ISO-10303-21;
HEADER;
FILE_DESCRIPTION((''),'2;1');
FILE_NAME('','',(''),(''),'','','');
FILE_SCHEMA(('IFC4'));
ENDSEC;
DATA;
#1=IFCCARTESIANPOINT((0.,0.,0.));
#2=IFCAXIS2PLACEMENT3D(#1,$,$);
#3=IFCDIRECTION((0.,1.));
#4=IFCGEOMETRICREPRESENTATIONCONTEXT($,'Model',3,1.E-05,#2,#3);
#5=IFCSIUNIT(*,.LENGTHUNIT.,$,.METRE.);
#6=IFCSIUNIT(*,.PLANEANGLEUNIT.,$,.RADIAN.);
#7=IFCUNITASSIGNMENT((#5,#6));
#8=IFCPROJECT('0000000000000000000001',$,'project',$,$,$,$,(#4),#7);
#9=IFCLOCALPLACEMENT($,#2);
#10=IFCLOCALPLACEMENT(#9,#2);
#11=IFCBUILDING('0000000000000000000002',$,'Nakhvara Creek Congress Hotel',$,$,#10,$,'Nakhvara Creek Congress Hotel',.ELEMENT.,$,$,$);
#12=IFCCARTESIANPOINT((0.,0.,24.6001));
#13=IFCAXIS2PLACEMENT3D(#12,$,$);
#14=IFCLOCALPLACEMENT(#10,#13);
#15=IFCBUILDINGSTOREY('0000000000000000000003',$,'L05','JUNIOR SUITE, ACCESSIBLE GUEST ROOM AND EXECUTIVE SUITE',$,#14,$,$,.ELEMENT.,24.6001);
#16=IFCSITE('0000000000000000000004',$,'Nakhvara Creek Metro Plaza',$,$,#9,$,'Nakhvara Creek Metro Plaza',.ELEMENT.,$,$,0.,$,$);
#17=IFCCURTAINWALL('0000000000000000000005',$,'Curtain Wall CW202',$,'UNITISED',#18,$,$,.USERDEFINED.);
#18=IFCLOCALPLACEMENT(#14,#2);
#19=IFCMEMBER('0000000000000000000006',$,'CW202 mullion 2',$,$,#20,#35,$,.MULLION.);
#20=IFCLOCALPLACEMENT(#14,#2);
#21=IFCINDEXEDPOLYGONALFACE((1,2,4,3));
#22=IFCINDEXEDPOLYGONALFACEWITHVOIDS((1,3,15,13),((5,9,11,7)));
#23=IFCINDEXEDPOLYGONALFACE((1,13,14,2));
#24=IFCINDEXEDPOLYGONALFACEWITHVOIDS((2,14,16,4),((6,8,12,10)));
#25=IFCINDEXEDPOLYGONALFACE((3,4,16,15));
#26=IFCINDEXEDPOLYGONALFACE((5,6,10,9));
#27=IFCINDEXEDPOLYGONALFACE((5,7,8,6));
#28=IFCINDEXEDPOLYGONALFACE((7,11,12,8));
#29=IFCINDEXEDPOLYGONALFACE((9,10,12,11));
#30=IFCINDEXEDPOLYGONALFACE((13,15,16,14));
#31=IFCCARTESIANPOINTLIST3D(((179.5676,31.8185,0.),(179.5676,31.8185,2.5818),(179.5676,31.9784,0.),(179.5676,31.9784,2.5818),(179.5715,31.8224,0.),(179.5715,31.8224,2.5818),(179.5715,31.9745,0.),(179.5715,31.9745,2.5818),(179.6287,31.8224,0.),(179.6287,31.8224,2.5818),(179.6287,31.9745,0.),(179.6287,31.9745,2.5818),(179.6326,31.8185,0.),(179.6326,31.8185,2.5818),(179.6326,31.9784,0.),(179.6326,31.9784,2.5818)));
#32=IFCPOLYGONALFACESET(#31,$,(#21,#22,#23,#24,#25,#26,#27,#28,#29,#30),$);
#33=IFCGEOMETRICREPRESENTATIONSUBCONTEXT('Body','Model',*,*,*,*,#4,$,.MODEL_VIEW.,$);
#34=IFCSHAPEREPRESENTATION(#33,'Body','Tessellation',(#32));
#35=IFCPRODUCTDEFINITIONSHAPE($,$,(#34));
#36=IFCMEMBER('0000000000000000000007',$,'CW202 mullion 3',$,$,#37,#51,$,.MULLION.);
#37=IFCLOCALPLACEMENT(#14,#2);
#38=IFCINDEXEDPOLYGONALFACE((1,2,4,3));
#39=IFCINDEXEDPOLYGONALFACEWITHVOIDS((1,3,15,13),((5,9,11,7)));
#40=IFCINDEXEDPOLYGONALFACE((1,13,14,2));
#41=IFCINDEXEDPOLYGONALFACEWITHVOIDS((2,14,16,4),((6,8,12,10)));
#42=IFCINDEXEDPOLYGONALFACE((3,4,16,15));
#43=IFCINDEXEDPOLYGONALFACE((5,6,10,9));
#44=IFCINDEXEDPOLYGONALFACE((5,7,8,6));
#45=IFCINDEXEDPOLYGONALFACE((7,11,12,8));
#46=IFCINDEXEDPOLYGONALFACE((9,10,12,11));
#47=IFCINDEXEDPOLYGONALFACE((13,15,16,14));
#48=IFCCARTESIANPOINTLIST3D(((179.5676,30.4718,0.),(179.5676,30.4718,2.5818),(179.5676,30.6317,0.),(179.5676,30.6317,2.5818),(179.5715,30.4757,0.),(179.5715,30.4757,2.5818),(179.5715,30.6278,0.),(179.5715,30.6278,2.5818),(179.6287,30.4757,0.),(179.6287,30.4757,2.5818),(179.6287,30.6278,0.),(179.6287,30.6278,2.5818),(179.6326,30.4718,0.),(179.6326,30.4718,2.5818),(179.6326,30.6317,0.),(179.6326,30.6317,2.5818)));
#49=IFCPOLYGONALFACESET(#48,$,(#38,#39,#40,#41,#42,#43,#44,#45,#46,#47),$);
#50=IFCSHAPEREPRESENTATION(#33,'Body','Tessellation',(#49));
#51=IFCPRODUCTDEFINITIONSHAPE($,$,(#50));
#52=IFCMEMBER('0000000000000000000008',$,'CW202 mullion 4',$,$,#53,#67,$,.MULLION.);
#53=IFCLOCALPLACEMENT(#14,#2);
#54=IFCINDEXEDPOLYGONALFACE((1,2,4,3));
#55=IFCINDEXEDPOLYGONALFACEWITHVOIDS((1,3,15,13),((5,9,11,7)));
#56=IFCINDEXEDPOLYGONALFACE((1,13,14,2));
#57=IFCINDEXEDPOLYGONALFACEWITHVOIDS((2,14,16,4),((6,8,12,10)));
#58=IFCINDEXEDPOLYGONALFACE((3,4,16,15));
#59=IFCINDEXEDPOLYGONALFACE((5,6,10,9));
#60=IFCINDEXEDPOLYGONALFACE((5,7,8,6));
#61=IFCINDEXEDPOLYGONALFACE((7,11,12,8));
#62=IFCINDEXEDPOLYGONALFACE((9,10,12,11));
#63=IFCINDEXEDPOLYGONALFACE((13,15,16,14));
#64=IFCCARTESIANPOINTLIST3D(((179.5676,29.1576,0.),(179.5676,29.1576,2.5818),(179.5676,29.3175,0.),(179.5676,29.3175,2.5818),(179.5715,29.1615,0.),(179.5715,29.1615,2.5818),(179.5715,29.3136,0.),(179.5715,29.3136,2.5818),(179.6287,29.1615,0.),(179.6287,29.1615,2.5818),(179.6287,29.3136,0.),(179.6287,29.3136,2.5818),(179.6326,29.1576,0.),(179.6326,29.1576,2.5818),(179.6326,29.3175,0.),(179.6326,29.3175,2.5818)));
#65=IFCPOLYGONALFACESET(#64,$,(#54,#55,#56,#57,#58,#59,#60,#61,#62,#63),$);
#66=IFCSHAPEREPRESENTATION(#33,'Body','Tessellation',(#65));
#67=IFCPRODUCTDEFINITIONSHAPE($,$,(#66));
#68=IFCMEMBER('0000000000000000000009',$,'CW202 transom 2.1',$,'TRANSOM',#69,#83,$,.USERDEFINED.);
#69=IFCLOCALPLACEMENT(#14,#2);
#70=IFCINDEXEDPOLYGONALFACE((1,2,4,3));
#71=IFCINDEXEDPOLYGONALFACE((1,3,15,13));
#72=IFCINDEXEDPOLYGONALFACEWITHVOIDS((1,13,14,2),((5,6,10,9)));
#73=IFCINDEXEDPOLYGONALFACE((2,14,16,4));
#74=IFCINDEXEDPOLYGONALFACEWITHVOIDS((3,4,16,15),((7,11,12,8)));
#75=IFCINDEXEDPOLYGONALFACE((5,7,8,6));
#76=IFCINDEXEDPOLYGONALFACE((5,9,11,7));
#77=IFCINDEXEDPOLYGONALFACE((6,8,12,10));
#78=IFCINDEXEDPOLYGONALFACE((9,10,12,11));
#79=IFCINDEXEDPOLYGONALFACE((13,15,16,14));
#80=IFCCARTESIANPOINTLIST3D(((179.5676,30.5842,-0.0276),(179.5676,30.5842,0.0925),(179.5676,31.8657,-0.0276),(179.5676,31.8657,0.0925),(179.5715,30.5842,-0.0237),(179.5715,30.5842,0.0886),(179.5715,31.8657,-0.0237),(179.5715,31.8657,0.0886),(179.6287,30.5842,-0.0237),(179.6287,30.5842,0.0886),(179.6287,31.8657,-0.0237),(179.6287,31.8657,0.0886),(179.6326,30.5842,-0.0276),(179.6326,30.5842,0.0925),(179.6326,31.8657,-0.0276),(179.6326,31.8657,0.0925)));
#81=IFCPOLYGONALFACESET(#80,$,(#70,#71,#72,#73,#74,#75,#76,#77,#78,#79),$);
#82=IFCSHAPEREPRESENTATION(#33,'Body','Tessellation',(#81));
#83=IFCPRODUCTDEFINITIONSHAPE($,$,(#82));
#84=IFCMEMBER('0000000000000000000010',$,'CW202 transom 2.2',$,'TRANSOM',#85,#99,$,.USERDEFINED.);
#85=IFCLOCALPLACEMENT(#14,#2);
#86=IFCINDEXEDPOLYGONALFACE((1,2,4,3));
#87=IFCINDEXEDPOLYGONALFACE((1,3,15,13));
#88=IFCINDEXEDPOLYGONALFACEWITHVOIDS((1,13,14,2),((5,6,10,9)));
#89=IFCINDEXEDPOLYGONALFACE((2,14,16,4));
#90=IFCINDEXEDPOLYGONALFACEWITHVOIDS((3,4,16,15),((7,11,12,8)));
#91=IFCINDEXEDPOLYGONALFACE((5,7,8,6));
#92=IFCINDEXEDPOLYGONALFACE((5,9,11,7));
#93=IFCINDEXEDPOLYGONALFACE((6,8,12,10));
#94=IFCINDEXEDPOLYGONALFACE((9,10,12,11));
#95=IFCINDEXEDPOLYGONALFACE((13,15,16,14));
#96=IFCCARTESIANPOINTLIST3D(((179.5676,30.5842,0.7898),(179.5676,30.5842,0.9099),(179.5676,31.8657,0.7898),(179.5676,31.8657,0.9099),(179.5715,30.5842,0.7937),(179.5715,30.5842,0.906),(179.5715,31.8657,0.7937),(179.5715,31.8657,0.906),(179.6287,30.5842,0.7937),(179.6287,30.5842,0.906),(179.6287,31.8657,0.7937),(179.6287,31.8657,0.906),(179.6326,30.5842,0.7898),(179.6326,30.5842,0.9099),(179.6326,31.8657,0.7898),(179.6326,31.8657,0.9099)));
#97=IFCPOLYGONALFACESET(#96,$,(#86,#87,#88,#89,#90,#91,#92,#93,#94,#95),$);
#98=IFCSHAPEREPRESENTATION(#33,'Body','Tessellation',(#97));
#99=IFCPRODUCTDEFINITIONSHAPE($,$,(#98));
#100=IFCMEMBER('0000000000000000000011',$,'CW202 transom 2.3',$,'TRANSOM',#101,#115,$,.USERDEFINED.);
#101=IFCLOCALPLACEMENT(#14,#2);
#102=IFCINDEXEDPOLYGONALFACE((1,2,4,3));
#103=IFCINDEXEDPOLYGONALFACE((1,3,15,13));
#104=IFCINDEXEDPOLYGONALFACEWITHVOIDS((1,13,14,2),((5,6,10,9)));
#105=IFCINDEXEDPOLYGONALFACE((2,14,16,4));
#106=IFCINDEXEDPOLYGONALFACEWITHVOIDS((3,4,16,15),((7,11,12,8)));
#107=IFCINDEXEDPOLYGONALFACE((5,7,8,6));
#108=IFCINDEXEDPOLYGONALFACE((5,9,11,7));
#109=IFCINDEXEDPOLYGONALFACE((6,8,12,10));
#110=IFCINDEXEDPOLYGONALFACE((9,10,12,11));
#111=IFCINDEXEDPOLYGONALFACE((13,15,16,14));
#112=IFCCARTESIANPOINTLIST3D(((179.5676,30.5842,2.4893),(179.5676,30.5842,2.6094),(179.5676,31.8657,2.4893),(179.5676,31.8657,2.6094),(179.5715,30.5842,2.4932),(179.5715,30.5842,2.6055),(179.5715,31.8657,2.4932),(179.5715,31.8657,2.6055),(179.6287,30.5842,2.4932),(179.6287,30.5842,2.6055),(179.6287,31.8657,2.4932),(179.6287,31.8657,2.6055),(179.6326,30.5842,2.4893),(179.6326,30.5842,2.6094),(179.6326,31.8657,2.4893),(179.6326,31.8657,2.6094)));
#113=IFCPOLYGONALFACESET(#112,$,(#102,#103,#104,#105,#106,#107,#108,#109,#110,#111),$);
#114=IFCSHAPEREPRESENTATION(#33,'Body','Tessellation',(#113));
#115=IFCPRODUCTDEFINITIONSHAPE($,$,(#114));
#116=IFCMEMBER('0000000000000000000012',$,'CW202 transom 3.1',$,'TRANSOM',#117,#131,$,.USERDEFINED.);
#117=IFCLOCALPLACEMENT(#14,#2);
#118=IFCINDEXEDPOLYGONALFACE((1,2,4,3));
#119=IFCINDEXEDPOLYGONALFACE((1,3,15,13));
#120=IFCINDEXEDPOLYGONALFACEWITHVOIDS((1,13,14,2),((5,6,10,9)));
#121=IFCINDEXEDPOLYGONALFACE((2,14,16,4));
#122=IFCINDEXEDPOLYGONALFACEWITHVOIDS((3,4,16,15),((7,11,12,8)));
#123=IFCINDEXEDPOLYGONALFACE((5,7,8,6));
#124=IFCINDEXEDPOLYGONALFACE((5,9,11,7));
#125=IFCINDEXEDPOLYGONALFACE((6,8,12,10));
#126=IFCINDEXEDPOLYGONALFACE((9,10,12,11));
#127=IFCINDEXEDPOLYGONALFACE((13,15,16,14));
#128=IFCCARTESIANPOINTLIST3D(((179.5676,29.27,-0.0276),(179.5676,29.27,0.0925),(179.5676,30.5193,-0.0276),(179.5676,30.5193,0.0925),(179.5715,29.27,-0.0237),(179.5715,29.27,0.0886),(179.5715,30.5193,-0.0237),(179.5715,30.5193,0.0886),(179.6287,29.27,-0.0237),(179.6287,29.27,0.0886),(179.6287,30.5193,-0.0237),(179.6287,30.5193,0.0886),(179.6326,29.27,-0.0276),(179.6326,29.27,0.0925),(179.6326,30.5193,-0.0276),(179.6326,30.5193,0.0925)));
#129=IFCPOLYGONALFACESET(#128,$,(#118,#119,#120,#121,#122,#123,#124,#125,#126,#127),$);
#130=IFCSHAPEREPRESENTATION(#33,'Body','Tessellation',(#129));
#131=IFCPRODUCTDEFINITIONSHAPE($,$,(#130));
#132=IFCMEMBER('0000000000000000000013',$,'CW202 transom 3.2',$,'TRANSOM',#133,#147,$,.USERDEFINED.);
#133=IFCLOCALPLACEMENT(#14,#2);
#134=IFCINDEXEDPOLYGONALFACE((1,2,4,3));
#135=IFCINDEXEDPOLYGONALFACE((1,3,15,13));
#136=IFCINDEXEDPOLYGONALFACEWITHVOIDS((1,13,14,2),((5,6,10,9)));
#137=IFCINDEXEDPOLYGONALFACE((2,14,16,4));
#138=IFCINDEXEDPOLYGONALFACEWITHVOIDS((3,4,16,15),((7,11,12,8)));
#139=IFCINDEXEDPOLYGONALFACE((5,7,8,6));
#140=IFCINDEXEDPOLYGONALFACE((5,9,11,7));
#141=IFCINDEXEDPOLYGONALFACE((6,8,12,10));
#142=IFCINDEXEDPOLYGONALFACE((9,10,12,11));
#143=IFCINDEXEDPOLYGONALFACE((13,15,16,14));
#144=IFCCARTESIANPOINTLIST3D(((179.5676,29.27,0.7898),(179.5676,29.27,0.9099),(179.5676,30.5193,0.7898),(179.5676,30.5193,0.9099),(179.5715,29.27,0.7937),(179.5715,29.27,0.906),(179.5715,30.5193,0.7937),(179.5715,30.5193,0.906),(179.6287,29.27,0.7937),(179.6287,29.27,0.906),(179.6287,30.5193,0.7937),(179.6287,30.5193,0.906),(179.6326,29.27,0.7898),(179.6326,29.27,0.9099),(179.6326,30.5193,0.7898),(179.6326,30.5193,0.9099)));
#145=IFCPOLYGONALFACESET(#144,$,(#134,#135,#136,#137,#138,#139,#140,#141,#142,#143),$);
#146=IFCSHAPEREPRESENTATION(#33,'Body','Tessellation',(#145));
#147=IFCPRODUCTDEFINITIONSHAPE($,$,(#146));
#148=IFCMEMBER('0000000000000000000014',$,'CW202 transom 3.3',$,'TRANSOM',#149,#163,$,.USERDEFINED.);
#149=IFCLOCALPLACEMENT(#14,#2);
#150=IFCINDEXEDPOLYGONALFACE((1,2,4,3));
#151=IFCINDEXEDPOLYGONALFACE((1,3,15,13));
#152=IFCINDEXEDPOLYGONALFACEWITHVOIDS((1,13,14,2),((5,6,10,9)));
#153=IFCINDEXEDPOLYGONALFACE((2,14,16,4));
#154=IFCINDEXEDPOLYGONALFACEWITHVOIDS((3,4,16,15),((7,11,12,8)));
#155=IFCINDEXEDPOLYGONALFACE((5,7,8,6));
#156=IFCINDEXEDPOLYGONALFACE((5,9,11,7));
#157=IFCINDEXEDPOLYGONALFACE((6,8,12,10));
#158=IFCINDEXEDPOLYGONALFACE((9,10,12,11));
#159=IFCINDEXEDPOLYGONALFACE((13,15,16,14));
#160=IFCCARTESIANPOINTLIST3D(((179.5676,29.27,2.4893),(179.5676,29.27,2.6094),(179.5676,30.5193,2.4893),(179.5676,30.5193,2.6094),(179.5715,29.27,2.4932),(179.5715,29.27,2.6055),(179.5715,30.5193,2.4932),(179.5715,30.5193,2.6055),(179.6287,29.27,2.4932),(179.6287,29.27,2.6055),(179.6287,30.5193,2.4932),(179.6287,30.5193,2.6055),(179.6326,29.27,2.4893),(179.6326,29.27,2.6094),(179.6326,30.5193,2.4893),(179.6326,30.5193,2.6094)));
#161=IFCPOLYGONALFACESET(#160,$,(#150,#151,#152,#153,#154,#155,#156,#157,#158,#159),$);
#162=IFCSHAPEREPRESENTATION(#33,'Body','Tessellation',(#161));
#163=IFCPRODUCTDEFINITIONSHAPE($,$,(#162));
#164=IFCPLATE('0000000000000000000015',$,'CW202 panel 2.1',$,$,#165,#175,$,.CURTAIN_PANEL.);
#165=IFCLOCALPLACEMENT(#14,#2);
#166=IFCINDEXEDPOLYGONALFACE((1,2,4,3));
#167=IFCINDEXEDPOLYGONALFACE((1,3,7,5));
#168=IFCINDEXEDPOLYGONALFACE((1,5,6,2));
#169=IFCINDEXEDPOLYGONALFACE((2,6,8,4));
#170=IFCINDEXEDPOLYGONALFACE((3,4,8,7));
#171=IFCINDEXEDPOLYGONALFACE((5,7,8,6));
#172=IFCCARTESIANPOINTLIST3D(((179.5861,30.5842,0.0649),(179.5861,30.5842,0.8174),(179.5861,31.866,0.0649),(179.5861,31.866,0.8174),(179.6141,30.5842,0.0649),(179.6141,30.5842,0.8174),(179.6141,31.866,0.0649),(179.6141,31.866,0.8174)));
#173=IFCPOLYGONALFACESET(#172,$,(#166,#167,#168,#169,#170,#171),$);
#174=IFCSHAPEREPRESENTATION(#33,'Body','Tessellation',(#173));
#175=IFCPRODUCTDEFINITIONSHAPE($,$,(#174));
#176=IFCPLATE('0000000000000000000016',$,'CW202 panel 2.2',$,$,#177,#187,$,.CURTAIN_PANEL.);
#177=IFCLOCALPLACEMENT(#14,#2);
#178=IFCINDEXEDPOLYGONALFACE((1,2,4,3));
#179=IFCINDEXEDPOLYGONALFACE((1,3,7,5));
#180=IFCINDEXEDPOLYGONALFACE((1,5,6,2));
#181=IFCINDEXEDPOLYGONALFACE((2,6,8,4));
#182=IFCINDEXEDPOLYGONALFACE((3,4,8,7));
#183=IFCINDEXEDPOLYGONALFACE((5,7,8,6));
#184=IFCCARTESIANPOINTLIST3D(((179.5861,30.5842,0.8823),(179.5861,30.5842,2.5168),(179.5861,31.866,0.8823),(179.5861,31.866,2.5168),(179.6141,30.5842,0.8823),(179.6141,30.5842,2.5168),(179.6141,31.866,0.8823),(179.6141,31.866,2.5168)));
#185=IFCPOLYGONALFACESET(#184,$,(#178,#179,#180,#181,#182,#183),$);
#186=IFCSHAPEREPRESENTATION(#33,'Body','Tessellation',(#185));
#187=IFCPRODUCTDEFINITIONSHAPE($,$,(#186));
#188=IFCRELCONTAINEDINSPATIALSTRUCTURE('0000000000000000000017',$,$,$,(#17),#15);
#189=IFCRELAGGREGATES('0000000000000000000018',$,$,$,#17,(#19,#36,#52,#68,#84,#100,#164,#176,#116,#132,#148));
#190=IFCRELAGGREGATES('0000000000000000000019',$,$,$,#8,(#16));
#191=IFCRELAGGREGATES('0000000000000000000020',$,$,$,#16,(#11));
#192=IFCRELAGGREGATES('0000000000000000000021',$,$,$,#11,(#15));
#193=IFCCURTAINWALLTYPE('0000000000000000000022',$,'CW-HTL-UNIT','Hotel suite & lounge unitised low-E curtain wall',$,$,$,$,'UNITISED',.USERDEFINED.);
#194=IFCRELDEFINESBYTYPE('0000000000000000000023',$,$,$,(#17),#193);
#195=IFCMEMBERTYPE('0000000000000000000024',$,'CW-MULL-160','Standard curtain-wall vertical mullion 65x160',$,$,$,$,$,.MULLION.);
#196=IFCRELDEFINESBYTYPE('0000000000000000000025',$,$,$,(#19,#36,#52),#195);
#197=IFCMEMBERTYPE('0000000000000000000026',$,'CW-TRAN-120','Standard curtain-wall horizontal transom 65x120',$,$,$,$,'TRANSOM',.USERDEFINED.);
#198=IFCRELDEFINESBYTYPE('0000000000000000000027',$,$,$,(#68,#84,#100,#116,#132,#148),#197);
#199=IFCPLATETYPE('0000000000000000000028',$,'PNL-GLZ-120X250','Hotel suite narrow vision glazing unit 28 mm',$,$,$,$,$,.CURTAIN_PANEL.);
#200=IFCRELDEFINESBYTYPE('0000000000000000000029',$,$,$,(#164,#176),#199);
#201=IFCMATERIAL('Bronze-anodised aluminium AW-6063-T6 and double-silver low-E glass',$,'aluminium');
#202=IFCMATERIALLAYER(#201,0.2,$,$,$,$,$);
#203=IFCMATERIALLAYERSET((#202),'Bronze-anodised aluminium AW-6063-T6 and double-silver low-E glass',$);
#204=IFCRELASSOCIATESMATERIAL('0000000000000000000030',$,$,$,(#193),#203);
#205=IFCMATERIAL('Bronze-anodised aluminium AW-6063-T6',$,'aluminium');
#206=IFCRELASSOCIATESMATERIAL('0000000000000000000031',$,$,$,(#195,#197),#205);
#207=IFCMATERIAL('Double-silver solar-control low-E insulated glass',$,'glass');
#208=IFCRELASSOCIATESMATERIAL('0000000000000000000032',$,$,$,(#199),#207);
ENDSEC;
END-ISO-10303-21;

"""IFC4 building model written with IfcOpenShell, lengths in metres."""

from ifc_helpers import new_model, si_unit, direction, frame, origin, origin_2d, place, context, subcontext, project, spatial, rectangle, hollow_rectangle, extrude, material, layer, layer_set, material_profile, profile_set, type_object, element, aggregate, save


model = new_model("IFC4")

# Units and contexts
model_context = context("Model", 3, precision=1e-05, world=origin(), true_north=direction((0.0, 1.0)))
body_context = subcontext(model_context, "Body", "Model", "MODEL_VIEW")
ifc_project = project(units=[si_unit("LENGTHUNIT", "METRE"), si_unit("PLANEANGLEUNIT", "RADIAN")], contexts=[model_context])

# Site, building, storey
site_placement = place(None, origin())
site = spatial("IfcSite", under=ifc_project, at=site_placement, Name="Nakhvara Creek Metro Plaza", LongName="Nakhvara Creek Metro Plaza", CompositionType="ELEMENT", RefElevation=0.0)
building_placement = place(site_placement, origin())
building = spatial("IfcBuilding", under=site, at=building_placement, Name="Nakhvara Creek Congress Hotel", LongName="Nakhvara Creek Congress Hotel", CompositionType="ELEMENT")
storey_placement = place(building_placement, frame((0.0, 0.0, 24.6001)))
storey = spatial("IfcBuildingStorey", under=building, at=storey_placement, Name="L05", Description="JUNIOR SUITE, ACCESSIBLE GUEST ROOM AND EXECUTIVE SUITE", CompositionType="ELEMENT", Elevation=24.6001)

# Curtain wall, members, plates
ifc_material_1 = material(Name="Bronze-anodised aluminium AW-6063-T6 and double-silver low-E glass", Category="aluminium")
ifc_layer_1 = layer(ifc_material_1, 0.2)
ifc_layer_set_1 = layer_set([ifc_layer_1], Name="Bronze-anodised aluminium AW-6063-T6 and double-silver low-E glass")
curtain_wall_type = type_object("IfcCurtainWallType", Name="CW-HTL-UNIT", Description="Hotel suite & lounge unitised low-E curtain wall", ElementType="UNITISED", PredefinedType="USERDEFINED", material=ifc_layer_set_1)
curtain_wall_placement = place(storey_placement, origin())
curtain_wall = element("IfcCurtainWall", 1, at=curtain_wall_placement, inside=storey, type_object=curtain_wall_type, Name="Curtain Wall CW202", ObjectType="UNITISED", PredefinedType="USERDEFINED")
ifc_material_2 = material(Name="Bronze-anodised aluminium AW-6063-T6", Category="aluminium")
ifc_material_profile_1 = material_profile(ifc_material_2, hollow_rectangle(XDim=0.0649, YDim=0.1599, WallThickness=0.0039, at=origin_2d()), Name="ALU-MULL 65x160x4", Category="LoadBearing")
ifc_profile_set_1 = profile_set([ifc_material_profile_1], Name="Bronze-anodised aluminium AW-6063-T6")
member_type_1 = type_object("IfcMemberType", Name="CW-MULL-160", Description="Standard curtain-wall vertical mullion 65x160", PredefinedType="MULLION", material=ifc_profile_set_1)
member_1_placement = place(storey_placement, frame((179.6001, 31.8984, 0.0), z_axis=(0.0, 0.0, 1.0), x_axis=(1.0, 0.0, 0.0)))
member_1 = element("IfcMember", 2, at=member_1_placement, type_object=member_type_1, Name="CW202 mullion 2", PredefinedType="MULLION", context=body_context, shape_type="SweptSolid", body=[
    extrude(hollow_rectangle(XDim=0.0649, YDim=0.1599, WallThickness=0.0039, at=origin_2d()), origin(), (0.0, 0.0, 1.0), 2.5818),
])
member_2_placement = place(storey_placement, frame((179.6001, 30.5518, 0.0), z_axis=(0.0, 0.0, 1.0), x_axis=(1.0, 0.0, 0.0)))
member_2 = element("IfcMember", 3, at=member_2_placement, type_object=member_type_1, Name="CW202 mullion 3", PredefinedType="MULLION", context=body_context, shape_type="SweptSolid", body=[
    extrude(hollow_rectangle(XDim=0.0649, YDim=0.1599, WallThickness=0.0039, at=origin_2d()), origin(), (0.0, 0.0, 1.0), 2.5818),
])
member_3_placement = place(storey_placement, frame((179.6001, 29.2375, 0.0), z_axis=(0.0, 0.0, 1.0), x_axis=(1.0, 0.0, 0.0)))
member_3 = element("IfcMember", 4, at=member_3_placement, type_object=member_type_1, Name="CW202 mullion 4", PredefinedType="MULLION", context=body_context, shape_type="SweptSolid", body=[
    extrude(hollow_rectangle(XDim=0.0649, YDim=0.1599, WallThickness=0.0039, at=origin_2d()), origin(), (0.0, 0.0, 1.0), 2.5818),
])
ifc_material_profile_2 = material_profile(ifc_material_2, hollow_rectangle(XDim=0.0649, YDim=0.1201, WallThickness=0.0039, at=origin_2d()), Name="ALU-TRAN 65x120x4", Category="LoadBearing")
ifc_profile_set_2 = profile_set([ifc_material_profile_2], Name="Bronze-anodised aluminium AW-6063-T6")
member_type_2 = type_object("IfcMemberType", Name="CW-TRAN-120", Description="Standard curtain-wall horizontal transom 65x120", ElementType="TRANSOM", PredefinedType="USERDEFINED", material=ifc_profile_set_2)
member_4_placement = place(storey_placement, frame((179.6001, 31.8657, 0.0325), z_axis=(0.0, -1.0, 0.0), x_axis=(1.0, 0.0, 0.0)))
member_4 = element("IfcMember", 5, at=member_4_placement, type_object=member_type_2, Name="CW202 transom 2.1", ObjectType="TRANSOM", PredefinedType="USERDEFINED", context=body_context, shape_type="SweptSolid", body=[
    extrude(hollow_rectangle(XDim=0.0649, YDim=0.1201, WallThickness=0.0039, at=origin_2d()), origin(), (0.0, 0.0, 1.0), 1.2815),
])
member_5_placement = place(storey_placement, frame((179.6001, 31.8657, 0.8499), z_axis=(0.0, -1.0, 0.0), x_axis=(1.0, 0.0, 0.0)))
member_5 = element("IfcMember", 6, at=member_5_placement, type_object=member_type_2, Name="CW202 transom 2.2", ObjectType="TRANSOM", PredefinedType="USERDEFINED", context=body_context, shape_type="SweptSolid", body=[
    extrude(hollow_rectangle(XDim=0.0649, YDim=0.1201, WallThickness=0.0039, at=origin_2d()), origin(), (0.0, 0.0, 1.0), 1.2815),
])
member_6_placement = place(storey_placement, frame((179.6001, 31.8657, 2.5493), z_axis=(0.0, -1.0, 0.0), x_axis=(1.0, 0.0, 0.0)))
member_6 = element("IfcMember", 7, at=member_6_placement, type_object=member_type_2, Name="CW202 transom 2.3", ObjectType="TRANSOM", PredefinedType="USERDEFINED", context=body_context, shape_type="SweptSolid", body=[
    extrude(hollow_rectangle(XDim=0.0649, YDim=0.1201, WallThickness=0.0039, at=origin_2d()), origin(), (0.0, 0.0, 1.0), 1.2815),
])
member_7_placement = place(storey_placement, frame((179.6001, 30.5193, 0.0325), z_axis=(0.0, -1.0, 0.0), x_axis=(1.0, 0.0, 0.0)))
member_7 = element("IfcMember", 8, at=member_7_placement, type_object=member_type_2, Name="CW202 transom 3.1", ObjectType="TRANSOM", PredefinedType="USERDEFINED", context=body_context, shape_type="SweptSolid", body=[
    extrude(hollow_rectangle(XDim=0.0649, YDim=0.1201, WallThickness=0.0039, at=origin_2d()), origin(), (0.0, 0.0, 1.0), 1.2493),
])
member_8_placement = place(storey_placement, frame((179.6001, 30.5193, 0.8499), z_axis=(0.0, -1.0, 0.0), x_axis=(1.0, 0.0, 0.0)))
member_8 = element("IfcMember", 9, at=member_8_placement, type_object=member_type_2, Name="CW202 transom 3.2", ObjectType="TRANSOM", PredefinedType="USERDEFINED", context=body_context, shape_type="SweptSolid", body=[
    extrude(hollow_rectangle(XDim=0.0649, YDim=0.1201, WallThickness=0.0039, at=origin_2d()), origin(), (0.0, 0.0, 1.0), 1.2493),
])
member_9_placement = place(storey_placement, frame((179.6001, 30.5193, 2.5493), z_axis=(0.0, -1.0, 0.0), x_axis=(1.0, 0.0, 0.0)))
member_9 = element("IfcMember", 10, at=member_9_placement, type_object=member_type_2, Name="CW202 transom 3.3", ObjectType="TRANSOM", PredefinedType="USERDEFINED", context=body_context, shape_type="SweptSolid", body=[
    extrude(hollow_rectangle(XDim=0.0649, YDim=0.1201, WallThickness=0.0039, at=origin_2d()), origin(), (0.0, 0.0, 1.0), 1.2493),
])
ifc_material_3 = material(Name="Double-silver solar-control low-E insulated glass", Category="glass")
plate_type = type_object("IfcPlateType", Name="PNL-GLZ-120X250", Description="Hotel suite narrow vision glazing unit 28 mm", PredefinedType="CURTAIN_PANEL", material=ifc_material_3)
plate_1_placement = place(storey_placement, frame((179.6001, 31.2251, 0.0649), z_axis=(0.0, 0.0, 1.0), x_axis=(0.0, -1.0, 0.0)))
plate_1 = element("IfcPlate", 11, at=plate_1_placement, type_object=plate_type, Name="CW202 panel 2.1", PredefinedType="CURTAIN_PANEL", context=body_context, shape_type="SweptSolid", body=[
    extrude(rectangle(XDim=1.2817, YDim=0.0281, at=origin_2d()), origin(), (0.0, 0.0, 1.0), 0.7524),
])
plate_2_placement = place(storey_placement, frame((179.6001, 31.2251, 0.8823), z_axis=(0.0, 0.0, 1.0), x_axis=(0.0, -1.0, 0.0)))
plate_2 = element("IfcPlate", 12, at=plate_2_placement, type_object=plate_type, Name="CW202 panel 2.2", PredefinedType="CURTAIN_PANEL", context=body_context, shape_type="SweptSolid", body=[
    extrude(rectangle(XDim=1.2817, YDim=0.0281, at=origin_2d()), origin(), (0.0, 0.0, 1.0), 1.6345),
])
aggregate(curtain_wall, [member_1, member_2, member_3, member_4, member_5, member_6, plate_1, plate_2, member_7, member_8, member_9])

save(model, "model.ifc")
